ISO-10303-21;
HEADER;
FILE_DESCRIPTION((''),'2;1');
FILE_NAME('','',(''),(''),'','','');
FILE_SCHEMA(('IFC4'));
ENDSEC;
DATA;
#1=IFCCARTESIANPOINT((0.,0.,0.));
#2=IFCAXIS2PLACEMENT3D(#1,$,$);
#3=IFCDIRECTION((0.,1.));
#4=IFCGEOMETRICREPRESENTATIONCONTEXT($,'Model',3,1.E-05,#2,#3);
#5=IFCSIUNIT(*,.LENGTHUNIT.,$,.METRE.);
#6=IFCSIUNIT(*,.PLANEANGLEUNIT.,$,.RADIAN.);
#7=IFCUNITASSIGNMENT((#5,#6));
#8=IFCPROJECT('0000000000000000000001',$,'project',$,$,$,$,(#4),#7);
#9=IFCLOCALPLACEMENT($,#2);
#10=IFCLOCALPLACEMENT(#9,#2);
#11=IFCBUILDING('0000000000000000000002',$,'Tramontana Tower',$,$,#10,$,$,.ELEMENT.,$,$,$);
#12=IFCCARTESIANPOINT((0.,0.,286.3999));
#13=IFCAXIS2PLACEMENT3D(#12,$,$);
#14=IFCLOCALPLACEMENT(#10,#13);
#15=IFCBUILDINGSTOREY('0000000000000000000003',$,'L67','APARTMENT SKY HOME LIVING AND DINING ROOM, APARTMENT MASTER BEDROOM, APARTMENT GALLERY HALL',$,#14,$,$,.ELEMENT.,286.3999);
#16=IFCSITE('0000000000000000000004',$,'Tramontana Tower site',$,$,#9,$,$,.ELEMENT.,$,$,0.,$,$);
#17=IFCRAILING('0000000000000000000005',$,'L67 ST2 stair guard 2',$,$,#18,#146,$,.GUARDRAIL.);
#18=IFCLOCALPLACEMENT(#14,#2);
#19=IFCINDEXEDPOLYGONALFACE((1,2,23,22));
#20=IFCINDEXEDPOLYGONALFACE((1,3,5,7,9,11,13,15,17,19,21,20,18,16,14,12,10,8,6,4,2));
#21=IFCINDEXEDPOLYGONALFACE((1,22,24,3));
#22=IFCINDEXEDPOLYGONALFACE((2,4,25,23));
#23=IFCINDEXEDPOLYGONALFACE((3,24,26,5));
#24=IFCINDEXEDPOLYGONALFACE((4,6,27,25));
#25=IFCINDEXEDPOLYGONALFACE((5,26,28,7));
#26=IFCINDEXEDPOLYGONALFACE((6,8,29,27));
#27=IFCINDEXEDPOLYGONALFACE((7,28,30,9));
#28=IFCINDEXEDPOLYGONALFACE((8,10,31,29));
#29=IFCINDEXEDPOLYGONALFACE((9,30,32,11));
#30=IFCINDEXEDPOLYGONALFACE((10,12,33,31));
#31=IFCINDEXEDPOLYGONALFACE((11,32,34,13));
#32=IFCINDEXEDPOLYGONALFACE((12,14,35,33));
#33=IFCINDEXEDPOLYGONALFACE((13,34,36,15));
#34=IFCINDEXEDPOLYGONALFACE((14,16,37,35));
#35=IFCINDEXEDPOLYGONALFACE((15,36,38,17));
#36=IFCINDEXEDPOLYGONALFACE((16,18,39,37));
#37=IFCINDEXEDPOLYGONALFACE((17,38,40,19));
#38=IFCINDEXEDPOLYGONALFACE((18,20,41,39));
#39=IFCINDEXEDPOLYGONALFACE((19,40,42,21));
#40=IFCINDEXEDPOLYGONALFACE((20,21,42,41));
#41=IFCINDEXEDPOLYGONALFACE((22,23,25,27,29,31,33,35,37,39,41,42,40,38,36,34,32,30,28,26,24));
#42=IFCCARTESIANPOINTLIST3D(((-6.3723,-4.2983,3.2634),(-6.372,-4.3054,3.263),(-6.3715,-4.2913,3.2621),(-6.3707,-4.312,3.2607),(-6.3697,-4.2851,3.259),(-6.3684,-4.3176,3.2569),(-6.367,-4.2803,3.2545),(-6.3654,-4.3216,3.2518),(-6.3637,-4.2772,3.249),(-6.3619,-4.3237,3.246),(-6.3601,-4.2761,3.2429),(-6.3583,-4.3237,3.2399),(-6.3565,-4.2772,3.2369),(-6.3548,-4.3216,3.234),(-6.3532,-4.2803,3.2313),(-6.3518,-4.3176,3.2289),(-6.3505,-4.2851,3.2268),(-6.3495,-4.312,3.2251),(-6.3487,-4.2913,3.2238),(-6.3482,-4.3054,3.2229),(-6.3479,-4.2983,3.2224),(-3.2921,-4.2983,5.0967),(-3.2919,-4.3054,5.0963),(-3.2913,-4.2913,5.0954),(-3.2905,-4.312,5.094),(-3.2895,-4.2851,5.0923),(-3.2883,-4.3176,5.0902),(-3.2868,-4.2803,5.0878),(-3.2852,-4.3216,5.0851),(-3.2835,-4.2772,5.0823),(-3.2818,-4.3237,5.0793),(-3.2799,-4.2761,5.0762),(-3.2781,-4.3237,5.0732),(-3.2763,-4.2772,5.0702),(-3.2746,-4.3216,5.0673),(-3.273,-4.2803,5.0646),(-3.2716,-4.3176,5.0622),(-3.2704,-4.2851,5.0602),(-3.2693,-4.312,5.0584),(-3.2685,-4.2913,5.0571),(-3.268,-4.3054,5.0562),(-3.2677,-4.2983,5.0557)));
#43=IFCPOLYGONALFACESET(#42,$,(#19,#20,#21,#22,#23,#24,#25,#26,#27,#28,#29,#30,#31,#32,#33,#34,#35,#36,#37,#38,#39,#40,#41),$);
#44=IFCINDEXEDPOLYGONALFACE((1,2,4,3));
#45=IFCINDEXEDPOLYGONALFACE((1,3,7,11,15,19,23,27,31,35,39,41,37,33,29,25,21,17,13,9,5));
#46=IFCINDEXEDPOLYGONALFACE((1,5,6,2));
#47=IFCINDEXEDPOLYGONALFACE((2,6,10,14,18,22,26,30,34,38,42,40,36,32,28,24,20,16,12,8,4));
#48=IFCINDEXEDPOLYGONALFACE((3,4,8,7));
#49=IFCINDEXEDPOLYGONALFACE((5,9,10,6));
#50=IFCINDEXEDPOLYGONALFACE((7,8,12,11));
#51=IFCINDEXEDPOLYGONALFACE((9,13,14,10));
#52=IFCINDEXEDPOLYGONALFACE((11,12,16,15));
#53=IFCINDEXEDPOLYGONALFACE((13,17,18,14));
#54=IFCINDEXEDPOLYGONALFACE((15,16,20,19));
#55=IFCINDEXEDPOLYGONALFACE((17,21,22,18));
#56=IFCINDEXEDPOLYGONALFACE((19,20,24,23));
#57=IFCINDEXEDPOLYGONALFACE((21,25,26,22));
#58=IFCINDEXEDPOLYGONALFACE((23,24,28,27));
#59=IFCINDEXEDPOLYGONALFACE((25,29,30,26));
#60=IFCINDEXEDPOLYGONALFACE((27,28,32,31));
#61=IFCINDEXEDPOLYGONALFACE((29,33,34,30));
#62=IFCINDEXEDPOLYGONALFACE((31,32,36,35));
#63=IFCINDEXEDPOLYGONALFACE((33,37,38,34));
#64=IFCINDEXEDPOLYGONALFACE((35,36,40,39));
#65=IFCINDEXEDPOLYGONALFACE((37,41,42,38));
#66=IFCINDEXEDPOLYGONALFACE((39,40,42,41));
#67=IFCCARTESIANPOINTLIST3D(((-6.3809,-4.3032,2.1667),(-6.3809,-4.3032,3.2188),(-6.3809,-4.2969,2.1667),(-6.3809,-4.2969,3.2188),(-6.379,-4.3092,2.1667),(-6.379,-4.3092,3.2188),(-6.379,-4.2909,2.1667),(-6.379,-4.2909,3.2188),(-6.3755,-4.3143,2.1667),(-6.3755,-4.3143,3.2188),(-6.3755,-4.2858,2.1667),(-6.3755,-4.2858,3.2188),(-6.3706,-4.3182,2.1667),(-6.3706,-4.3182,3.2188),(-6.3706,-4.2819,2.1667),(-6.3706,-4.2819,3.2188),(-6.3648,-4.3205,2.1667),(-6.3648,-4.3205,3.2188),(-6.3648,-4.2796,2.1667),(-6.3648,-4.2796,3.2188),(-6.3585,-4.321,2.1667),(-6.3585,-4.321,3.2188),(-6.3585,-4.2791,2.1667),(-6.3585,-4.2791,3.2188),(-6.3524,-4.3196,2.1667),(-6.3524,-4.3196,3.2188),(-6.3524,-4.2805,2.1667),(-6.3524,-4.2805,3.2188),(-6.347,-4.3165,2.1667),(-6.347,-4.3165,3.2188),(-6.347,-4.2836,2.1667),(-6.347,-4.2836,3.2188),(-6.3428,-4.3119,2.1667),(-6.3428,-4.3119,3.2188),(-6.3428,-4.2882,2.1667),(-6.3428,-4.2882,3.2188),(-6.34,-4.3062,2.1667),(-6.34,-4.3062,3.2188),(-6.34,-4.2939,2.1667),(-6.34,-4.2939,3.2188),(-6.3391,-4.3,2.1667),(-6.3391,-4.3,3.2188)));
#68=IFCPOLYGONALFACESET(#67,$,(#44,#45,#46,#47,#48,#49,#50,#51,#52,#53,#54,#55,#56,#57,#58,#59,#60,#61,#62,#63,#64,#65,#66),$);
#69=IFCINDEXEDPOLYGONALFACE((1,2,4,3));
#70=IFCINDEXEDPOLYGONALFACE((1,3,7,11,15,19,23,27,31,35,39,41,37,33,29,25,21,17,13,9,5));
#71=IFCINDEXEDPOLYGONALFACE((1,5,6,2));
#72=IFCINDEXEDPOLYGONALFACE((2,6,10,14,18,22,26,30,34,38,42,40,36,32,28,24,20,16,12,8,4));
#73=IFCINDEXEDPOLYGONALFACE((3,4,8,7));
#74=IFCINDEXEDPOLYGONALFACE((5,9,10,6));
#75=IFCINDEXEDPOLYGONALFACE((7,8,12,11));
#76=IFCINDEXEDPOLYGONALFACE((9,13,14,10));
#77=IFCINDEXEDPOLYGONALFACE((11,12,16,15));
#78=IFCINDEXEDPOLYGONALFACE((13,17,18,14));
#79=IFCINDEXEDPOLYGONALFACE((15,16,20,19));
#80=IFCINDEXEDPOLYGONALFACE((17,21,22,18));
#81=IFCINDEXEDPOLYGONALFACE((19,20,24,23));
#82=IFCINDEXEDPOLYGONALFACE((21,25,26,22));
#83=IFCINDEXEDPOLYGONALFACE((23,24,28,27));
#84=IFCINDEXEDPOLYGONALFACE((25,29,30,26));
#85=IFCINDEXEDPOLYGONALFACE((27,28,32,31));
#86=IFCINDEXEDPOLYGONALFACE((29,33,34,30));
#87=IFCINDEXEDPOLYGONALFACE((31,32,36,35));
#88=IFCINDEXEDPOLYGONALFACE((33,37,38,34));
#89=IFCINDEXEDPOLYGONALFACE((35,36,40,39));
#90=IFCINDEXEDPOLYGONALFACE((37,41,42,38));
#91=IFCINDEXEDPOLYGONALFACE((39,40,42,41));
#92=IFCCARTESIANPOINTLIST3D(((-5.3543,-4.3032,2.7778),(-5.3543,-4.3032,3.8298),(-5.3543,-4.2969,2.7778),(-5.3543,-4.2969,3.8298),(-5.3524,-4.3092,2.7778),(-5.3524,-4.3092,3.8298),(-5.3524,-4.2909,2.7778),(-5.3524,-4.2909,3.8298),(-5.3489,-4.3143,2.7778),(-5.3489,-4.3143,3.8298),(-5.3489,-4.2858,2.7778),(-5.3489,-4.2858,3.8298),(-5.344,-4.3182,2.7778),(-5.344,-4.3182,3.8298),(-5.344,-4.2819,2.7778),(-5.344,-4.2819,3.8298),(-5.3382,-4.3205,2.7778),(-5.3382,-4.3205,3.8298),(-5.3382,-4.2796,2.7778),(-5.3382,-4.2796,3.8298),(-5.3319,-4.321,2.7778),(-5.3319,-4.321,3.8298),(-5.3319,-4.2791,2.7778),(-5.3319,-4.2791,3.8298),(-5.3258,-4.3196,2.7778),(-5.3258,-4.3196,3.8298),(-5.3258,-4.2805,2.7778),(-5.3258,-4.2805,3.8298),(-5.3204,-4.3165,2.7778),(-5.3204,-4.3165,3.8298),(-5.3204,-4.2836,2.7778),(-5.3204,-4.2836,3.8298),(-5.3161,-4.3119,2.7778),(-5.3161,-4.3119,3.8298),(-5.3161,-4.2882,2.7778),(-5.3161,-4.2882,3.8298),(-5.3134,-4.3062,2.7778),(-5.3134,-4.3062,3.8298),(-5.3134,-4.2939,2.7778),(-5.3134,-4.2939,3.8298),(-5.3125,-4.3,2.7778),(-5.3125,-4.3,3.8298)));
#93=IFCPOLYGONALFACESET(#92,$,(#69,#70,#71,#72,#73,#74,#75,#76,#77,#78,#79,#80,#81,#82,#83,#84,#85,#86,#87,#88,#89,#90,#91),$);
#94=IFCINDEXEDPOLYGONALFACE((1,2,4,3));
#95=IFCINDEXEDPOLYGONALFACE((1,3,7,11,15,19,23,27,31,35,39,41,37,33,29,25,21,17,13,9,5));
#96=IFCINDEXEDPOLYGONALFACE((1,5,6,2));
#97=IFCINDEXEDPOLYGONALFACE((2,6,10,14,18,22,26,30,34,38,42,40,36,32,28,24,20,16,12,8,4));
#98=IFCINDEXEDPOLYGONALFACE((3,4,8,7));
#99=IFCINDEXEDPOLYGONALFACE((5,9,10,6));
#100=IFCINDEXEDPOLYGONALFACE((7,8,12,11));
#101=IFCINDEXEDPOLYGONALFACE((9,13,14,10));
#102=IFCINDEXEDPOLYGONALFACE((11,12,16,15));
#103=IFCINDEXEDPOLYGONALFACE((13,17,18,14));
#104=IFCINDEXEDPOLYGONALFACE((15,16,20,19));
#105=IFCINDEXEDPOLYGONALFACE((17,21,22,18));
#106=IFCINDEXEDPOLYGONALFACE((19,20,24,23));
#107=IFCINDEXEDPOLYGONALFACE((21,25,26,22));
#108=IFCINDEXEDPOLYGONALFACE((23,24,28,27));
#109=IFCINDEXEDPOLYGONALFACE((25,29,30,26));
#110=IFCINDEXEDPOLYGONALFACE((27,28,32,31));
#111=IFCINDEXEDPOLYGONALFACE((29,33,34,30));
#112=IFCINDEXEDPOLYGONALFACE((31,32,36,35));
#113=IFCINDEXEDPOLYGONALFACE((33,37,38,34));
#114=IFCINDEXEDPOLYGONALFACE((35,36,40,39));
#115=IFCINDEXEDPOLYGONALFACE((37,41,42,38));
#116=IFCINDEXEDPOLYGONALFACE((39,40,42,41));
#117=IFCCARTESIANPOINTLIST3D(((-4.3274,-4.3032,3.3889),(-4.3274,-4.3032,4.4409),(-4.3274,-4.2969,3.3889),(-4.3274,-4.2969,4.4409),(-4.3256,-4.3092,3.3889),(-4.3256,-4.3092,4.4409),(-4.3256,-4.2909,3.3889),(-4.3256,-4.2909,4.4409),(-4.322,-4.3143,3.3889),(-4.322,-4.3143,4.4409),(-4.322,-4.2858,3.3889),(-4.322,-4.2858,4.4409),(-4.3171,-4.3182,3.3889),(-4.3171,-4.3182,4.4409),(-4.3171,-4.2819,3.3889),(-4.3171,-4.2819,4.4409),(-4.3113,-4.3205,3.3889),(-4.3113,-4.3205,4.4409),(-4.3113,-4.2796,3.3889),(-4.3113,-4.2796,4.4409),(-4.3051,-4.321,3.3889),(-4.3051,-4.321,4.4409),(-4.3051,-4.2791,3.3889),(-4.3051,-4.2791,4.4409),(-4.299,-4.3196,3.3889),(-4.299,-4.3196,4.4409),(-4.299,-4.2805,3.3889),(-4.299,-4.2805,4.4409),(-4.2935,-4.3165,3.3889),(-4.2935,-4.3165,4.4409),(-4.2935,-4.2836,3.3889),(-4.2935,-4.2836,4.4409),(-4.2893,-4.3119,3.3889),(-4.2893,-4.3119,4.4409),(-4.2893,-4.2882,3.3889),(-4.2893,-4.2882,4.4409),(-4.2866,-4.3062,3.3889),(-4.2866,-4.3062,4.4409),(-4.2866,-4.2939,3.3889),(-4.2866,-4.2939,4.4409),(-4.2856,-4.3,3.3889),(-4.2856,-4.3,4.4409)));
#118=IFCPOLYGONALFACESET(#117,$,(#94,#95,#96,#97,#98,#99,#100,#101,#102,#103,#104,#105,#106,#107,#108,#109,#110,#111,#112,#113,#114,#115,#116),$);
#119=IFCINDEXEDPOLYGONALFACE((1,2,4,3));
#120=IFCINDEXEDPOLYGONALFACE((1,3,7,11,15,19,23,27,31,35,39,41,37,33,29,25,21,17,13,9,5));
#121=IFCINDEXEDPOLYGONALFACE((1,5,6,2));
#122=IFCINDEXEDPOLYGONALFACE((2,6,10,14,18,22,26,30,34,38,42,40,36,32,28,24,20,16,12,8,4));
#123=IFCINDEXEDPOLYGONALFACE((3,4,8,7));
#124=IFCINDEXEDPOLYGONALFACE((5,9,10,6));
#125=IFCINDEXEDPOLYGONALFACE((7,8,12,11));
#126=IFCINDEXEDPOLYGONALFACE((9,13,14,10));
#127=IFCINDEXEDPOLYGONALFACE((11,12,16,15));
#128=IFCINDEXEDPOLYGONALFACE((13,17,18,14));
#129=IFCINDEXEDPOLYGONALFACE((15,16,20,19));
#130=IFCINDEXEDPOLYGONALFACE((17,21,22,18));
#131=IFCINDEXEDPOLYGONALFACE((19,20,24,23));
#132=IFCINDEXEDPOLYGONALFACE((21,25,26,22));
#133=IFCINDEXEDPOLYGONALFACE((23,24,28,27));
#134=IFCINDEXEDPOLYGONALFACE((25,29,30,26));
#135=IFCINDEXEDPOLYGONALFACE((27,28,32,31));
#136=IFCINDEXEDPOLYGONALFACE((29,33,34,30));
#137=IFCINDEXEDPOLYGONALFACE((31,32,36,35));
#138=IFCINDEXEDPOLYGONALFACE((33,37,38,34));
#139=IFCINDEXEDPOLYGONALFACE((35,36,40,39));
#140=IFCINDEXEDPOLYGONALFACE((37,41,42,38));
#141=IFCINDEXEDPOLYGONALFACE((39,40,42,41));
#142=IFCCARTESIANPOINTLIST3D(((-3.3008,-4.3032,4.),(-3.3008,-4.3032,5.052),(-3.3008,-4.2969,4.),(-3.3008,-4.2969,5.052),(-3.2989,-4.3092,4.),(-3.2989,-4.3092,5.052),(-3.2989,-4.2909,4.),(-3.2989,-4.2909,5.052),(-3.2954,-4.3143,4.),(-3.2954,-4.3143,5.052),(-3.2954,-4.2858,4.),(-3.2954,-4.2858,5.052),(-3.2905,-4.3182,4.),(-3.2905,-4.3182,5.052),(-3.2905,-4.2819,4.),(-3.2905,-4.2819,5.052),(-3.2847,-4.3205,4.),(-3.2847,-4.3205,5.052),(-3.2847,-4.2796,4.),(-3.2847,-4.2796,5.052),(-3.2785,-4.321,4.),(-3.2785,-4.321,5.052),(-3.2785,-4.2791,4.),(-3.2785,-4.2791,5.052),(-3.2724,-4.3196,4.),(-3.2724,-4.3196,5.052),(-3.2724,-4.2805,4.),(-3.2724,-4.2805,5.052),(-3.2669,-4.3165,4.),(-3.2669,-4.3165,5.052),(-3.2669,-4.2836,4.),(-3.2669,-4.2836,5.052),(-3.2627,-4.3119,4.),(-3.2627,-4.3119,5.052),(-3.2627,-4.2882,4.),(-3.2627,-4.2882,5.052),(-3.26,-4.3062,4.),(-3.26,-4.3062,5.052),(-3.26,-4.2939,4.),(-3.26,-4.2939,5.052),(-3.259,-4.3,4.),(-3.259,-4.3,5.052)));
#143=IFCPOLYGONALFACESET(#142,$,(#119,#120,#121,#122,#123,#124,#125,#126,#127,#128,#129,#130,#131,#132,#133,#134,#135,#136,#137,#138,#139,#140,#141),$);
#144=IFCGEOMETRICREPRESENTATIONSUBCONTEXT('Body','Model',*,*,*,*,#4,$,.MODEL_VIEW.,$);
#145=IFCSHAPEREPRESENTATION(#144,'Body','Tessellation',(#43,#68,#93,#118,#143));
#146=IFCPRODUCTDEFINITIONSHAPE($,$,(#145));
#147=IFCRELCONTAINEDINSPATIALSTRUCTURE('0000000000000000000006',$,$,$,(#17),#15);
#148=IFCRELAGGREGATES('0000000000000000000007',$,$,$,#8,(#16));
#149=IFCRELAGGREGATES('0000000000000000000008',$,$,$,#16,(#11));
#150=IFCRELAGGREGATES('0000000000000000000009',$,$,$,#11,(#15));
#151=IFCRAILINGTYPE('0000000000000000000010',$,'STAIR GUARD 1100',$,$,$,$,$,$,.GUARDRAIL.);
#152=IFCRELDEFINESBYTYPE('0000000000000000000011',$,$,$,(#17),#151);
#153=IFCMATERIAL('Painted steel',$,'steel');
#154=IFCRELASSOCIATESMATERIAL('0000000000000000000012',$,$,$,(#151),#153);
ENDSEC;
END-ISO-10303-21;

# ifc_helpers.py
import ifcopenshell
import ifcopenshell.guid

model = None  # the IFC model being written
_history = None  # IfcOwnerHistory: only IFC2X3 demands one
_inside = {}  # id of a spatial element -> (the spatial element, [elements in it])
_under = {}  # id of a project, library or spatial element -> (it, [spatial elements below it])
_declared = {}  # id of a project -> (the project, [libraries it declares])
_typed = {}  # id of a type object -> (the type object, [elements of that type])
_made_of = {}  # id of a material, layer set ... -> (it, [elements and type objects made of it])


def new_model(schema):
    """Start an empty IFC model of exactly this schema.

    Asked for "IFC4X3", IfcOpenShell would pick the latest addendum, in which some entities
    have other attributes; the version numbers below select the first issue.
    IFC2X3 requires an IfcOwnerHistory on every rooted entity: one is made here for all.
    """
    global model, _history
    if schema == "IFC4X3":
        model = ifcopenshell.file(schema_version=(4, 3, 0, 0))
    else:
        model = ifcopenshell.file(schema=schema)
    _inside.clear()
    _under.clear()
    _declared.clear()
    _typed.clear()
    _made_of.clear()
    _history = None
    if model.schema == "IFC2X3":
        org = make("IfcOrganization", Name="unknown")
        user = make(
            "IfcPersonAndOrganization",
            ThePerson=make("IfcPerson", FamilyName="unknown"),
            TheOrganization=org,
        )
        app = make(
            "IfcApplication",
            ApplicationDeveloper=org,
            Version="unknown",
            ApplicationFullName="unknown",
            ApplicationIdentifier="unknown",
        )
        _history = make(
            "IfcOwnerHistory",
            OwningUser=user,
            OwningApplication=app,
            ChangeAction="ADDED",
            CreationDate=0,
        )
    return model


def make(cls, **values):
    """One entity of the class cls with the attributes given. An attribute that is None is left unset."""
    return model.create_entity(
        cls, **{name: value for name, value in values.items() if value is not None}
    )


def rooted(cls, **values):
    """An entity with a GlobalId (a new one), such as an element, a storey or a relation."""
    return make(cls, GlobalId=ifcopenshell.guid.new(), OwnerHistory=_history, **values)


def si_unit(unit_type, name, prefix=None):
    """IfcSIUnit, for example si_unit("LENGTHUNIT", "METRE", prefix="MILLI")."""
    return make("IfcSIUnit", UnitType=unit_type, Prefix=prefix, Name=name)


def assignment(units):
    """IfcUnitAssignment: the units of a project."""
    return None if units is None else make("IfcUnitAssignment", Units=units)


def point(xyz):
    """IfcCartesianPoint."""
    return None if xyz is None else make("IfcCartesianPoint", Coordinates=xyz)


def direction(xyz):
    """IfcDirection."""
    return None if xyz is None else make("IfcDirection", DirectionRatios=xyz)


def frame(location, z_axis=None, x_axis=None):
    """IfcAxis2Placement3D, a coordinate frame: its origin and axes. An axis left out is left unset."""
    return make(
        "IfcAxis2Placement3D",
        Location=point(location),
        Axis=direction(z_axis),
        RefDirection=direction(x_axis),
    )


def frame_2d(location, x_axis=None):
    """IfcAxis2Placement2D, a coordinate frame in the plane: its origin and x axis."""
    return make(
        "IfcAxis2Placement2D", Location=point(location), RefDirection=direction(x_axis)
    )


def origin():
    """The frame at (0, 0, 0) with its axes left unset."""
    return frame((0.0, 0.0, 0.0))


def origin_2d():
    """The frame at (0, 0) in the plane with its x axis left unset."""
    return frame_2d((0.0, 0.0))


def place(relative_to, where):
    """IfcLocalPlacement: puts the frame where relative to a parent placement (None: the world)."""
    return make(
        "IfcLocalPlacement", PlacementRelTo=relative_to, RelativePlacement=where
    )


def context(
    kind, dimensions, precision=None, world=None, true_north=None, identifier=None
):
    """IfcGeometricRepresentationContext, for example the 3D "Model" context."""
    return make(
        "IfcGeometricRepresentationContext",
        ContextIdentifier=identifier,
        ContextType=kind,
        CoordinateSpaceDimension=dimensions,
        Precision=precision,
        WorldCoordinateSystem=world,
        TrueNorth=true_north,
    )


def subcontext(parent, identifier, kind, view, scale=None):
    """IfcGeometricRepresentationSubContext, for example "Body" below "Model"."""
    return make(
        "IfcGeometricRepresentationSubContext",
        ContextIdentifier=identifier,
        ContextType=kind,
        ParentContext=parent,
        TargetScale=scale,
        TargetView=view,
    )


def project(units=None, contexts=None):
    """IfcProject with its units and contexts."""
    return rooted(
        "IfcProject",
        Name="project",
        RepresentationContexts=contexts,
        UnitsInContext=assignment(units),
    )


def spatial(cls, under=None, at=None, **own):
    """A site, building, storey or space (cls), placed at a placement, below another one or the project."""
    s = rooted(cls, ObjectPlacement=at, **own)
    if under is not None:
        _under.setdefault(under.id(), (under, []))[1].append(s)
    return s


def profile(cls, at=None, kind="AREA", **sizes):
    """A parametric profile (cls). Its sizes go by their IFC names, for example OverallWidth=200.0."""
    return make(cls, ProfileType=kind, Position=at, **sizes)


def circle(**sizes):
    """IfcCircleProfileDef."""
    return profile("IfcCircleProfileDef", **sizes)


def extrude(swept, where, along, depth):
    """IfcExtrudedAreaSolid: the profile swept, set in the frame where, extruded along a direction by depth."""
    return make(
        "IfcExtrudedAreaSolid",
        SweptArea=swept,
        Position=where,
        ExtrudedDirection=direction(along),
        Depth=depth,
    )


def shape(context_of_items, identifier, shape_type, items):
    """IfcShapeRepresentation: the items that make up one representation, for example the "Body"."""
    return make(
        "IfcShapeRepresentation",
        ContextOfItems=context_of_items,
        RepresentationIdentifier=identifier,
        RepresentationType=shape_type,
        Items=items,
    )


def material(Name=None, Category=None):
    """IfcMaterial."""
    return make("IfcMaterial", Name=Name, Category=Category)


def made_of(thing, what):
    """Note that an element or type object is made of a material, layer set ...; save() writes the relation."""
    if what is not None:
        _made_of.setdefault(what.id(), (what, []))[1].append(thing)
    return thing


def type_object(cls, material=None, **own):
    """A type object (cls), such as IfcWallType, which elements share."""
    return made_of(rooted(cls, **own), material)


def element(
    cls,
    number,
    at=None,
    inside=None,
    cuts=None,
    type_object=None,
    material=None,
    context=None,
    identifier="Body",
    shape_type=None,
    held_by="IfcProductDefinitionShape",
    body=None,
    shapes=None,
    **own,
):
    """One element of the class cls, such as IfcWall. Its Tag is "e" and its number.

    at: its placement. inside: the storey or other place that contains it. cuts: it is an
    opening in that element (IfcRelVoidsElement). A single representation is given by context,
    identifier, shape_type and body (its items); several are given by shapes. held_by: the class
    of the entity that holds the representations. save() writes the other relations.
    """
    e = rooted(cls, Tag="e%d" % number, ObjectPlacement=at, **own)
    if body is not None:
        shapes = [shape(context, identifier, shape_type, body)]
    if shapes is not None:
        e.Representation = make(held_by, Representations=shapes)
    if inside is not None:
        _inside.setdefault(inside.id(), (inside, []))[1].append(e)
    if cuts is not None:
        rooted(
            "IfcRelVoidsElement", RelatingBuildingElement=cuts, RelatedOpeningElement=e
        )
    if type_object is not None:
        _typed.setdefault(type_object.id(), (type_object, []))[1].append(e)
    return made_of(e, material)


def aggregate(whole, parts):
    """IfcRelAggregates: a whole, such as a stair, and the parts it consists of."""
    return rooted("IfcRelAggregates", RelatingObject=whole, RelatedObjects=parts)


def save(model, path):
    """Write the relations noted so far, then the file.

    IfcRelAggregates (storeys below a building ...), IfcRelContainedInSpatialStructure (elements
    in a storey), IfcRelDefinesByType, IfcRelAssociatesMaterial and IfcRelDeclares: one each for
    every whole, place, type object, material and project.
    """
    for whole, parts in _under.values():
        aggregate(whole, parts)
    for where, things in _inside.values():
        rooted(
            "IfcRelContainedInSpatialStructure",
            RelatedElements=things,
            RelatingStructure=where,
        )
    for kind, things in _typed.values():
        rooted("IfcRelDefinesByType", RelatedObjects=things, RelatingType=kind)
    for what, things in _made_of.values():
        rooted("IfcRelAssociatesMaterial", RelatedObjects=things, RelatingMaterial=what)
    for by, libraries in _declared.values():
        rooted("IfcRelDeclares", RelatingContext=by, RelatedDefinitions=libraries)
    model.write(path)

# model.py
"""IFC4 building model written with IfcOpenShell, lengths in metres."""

from ifc_helpers import new_model, si_unit, direction, frame, origin, origin_2d, place, context, subcontext, project, spatial, circle, extrude, material, type_object, element, save


model = new_model("IFC4")

# Units and contexts
model_context = context("Model", 3, precision=1e-05, world=origin(), true_north=direction((0.0, 1.0)))
body_context = subcontext(model_context, "Body", "Model", "MODEL_VIEW")
ifc_project = project(units=[si_unit("LENGTHUNIT", "METRE"), si_unit("PLANEANGLEUNIT", "RADIAN")], contexts=[model_context])

# Site, building, storey
site_placement = place(None, origin())
site = spatial("IfcSite", under=ifc_project, at=site_placement, Name="Tramontana Tower site", CompositionType="ELEMENT", RefElevation=0.0)
building_placement = place(site_placement, origin())
building = spatial("IfcBuilding", under=site, at=building_placement, Name="Tramontana Tower", CompositionType="ELEMENT")
storey_placement = place(building_placement, frame((0.0, 0.0, 286.3999)))
storey = spatial("IfcBuildingStorey", under=building, at=storey_placement, Name="L67", Description="APARTMENT SKY HOME LIVING AND DINING ROOM, APARTMENT MASTER BEDROOM, APARTMENT GALLERY HALL", CompositionType="ELEMENT", Elevation=286.3999)

# Railing
ifc_material_1 = material(Name="Painted steel", Category="steel")
railing_type_1 = type_object("IfcRailingType", Name="STAIR GUARD 1100", PredefinedType="GUARDRAIL", material=ifc_material_1)
railing_1_placement = place(storey_placement, frame((-6.3601, -4.3, 2.1667)))
element("IfcRailing", 1, at=railing_1_placement, inside=storey, type_object=railing_type_1, Name="L67 ST2 stair guard 2", PredefinedType="GUARDRAIL", context=body_context, shape_type="SweptSolid", body=[
    extrude(circle(Radius=0.0239, at=origin_2d()), frame((0.0, 0.0, 1.0762), z_axis=(0.859309, 0.0, 0.511458), x_axis=(0.0, 1.0, 0.0)), (0.0, 0.0, 1.0), 3.5845),
    extrude(circle(Radius=0.021, at=origin_2d()), origin(), (0.0, 0.0, 1.0), 1.052),
    extrude(circle(Radius=0.021, at=origin_2d()), frame((1.0266, 0.0, 0.6111)), (0.0, 0.0, 1.0), 1.052),
    extrude(circle(Radius=0.021, at=origin_2d()), frame((2.0535, 0.0, 1.2222)), (0.0, 0.0, 1.0), 1.052),
    extrude(circle(Radius=0.021, at=origin_2d()), frame((3.0801, 0.0, 1.8333)), (0.0, 0.0, 1.0), 1.052),
])

save(model, "model.ifc")
